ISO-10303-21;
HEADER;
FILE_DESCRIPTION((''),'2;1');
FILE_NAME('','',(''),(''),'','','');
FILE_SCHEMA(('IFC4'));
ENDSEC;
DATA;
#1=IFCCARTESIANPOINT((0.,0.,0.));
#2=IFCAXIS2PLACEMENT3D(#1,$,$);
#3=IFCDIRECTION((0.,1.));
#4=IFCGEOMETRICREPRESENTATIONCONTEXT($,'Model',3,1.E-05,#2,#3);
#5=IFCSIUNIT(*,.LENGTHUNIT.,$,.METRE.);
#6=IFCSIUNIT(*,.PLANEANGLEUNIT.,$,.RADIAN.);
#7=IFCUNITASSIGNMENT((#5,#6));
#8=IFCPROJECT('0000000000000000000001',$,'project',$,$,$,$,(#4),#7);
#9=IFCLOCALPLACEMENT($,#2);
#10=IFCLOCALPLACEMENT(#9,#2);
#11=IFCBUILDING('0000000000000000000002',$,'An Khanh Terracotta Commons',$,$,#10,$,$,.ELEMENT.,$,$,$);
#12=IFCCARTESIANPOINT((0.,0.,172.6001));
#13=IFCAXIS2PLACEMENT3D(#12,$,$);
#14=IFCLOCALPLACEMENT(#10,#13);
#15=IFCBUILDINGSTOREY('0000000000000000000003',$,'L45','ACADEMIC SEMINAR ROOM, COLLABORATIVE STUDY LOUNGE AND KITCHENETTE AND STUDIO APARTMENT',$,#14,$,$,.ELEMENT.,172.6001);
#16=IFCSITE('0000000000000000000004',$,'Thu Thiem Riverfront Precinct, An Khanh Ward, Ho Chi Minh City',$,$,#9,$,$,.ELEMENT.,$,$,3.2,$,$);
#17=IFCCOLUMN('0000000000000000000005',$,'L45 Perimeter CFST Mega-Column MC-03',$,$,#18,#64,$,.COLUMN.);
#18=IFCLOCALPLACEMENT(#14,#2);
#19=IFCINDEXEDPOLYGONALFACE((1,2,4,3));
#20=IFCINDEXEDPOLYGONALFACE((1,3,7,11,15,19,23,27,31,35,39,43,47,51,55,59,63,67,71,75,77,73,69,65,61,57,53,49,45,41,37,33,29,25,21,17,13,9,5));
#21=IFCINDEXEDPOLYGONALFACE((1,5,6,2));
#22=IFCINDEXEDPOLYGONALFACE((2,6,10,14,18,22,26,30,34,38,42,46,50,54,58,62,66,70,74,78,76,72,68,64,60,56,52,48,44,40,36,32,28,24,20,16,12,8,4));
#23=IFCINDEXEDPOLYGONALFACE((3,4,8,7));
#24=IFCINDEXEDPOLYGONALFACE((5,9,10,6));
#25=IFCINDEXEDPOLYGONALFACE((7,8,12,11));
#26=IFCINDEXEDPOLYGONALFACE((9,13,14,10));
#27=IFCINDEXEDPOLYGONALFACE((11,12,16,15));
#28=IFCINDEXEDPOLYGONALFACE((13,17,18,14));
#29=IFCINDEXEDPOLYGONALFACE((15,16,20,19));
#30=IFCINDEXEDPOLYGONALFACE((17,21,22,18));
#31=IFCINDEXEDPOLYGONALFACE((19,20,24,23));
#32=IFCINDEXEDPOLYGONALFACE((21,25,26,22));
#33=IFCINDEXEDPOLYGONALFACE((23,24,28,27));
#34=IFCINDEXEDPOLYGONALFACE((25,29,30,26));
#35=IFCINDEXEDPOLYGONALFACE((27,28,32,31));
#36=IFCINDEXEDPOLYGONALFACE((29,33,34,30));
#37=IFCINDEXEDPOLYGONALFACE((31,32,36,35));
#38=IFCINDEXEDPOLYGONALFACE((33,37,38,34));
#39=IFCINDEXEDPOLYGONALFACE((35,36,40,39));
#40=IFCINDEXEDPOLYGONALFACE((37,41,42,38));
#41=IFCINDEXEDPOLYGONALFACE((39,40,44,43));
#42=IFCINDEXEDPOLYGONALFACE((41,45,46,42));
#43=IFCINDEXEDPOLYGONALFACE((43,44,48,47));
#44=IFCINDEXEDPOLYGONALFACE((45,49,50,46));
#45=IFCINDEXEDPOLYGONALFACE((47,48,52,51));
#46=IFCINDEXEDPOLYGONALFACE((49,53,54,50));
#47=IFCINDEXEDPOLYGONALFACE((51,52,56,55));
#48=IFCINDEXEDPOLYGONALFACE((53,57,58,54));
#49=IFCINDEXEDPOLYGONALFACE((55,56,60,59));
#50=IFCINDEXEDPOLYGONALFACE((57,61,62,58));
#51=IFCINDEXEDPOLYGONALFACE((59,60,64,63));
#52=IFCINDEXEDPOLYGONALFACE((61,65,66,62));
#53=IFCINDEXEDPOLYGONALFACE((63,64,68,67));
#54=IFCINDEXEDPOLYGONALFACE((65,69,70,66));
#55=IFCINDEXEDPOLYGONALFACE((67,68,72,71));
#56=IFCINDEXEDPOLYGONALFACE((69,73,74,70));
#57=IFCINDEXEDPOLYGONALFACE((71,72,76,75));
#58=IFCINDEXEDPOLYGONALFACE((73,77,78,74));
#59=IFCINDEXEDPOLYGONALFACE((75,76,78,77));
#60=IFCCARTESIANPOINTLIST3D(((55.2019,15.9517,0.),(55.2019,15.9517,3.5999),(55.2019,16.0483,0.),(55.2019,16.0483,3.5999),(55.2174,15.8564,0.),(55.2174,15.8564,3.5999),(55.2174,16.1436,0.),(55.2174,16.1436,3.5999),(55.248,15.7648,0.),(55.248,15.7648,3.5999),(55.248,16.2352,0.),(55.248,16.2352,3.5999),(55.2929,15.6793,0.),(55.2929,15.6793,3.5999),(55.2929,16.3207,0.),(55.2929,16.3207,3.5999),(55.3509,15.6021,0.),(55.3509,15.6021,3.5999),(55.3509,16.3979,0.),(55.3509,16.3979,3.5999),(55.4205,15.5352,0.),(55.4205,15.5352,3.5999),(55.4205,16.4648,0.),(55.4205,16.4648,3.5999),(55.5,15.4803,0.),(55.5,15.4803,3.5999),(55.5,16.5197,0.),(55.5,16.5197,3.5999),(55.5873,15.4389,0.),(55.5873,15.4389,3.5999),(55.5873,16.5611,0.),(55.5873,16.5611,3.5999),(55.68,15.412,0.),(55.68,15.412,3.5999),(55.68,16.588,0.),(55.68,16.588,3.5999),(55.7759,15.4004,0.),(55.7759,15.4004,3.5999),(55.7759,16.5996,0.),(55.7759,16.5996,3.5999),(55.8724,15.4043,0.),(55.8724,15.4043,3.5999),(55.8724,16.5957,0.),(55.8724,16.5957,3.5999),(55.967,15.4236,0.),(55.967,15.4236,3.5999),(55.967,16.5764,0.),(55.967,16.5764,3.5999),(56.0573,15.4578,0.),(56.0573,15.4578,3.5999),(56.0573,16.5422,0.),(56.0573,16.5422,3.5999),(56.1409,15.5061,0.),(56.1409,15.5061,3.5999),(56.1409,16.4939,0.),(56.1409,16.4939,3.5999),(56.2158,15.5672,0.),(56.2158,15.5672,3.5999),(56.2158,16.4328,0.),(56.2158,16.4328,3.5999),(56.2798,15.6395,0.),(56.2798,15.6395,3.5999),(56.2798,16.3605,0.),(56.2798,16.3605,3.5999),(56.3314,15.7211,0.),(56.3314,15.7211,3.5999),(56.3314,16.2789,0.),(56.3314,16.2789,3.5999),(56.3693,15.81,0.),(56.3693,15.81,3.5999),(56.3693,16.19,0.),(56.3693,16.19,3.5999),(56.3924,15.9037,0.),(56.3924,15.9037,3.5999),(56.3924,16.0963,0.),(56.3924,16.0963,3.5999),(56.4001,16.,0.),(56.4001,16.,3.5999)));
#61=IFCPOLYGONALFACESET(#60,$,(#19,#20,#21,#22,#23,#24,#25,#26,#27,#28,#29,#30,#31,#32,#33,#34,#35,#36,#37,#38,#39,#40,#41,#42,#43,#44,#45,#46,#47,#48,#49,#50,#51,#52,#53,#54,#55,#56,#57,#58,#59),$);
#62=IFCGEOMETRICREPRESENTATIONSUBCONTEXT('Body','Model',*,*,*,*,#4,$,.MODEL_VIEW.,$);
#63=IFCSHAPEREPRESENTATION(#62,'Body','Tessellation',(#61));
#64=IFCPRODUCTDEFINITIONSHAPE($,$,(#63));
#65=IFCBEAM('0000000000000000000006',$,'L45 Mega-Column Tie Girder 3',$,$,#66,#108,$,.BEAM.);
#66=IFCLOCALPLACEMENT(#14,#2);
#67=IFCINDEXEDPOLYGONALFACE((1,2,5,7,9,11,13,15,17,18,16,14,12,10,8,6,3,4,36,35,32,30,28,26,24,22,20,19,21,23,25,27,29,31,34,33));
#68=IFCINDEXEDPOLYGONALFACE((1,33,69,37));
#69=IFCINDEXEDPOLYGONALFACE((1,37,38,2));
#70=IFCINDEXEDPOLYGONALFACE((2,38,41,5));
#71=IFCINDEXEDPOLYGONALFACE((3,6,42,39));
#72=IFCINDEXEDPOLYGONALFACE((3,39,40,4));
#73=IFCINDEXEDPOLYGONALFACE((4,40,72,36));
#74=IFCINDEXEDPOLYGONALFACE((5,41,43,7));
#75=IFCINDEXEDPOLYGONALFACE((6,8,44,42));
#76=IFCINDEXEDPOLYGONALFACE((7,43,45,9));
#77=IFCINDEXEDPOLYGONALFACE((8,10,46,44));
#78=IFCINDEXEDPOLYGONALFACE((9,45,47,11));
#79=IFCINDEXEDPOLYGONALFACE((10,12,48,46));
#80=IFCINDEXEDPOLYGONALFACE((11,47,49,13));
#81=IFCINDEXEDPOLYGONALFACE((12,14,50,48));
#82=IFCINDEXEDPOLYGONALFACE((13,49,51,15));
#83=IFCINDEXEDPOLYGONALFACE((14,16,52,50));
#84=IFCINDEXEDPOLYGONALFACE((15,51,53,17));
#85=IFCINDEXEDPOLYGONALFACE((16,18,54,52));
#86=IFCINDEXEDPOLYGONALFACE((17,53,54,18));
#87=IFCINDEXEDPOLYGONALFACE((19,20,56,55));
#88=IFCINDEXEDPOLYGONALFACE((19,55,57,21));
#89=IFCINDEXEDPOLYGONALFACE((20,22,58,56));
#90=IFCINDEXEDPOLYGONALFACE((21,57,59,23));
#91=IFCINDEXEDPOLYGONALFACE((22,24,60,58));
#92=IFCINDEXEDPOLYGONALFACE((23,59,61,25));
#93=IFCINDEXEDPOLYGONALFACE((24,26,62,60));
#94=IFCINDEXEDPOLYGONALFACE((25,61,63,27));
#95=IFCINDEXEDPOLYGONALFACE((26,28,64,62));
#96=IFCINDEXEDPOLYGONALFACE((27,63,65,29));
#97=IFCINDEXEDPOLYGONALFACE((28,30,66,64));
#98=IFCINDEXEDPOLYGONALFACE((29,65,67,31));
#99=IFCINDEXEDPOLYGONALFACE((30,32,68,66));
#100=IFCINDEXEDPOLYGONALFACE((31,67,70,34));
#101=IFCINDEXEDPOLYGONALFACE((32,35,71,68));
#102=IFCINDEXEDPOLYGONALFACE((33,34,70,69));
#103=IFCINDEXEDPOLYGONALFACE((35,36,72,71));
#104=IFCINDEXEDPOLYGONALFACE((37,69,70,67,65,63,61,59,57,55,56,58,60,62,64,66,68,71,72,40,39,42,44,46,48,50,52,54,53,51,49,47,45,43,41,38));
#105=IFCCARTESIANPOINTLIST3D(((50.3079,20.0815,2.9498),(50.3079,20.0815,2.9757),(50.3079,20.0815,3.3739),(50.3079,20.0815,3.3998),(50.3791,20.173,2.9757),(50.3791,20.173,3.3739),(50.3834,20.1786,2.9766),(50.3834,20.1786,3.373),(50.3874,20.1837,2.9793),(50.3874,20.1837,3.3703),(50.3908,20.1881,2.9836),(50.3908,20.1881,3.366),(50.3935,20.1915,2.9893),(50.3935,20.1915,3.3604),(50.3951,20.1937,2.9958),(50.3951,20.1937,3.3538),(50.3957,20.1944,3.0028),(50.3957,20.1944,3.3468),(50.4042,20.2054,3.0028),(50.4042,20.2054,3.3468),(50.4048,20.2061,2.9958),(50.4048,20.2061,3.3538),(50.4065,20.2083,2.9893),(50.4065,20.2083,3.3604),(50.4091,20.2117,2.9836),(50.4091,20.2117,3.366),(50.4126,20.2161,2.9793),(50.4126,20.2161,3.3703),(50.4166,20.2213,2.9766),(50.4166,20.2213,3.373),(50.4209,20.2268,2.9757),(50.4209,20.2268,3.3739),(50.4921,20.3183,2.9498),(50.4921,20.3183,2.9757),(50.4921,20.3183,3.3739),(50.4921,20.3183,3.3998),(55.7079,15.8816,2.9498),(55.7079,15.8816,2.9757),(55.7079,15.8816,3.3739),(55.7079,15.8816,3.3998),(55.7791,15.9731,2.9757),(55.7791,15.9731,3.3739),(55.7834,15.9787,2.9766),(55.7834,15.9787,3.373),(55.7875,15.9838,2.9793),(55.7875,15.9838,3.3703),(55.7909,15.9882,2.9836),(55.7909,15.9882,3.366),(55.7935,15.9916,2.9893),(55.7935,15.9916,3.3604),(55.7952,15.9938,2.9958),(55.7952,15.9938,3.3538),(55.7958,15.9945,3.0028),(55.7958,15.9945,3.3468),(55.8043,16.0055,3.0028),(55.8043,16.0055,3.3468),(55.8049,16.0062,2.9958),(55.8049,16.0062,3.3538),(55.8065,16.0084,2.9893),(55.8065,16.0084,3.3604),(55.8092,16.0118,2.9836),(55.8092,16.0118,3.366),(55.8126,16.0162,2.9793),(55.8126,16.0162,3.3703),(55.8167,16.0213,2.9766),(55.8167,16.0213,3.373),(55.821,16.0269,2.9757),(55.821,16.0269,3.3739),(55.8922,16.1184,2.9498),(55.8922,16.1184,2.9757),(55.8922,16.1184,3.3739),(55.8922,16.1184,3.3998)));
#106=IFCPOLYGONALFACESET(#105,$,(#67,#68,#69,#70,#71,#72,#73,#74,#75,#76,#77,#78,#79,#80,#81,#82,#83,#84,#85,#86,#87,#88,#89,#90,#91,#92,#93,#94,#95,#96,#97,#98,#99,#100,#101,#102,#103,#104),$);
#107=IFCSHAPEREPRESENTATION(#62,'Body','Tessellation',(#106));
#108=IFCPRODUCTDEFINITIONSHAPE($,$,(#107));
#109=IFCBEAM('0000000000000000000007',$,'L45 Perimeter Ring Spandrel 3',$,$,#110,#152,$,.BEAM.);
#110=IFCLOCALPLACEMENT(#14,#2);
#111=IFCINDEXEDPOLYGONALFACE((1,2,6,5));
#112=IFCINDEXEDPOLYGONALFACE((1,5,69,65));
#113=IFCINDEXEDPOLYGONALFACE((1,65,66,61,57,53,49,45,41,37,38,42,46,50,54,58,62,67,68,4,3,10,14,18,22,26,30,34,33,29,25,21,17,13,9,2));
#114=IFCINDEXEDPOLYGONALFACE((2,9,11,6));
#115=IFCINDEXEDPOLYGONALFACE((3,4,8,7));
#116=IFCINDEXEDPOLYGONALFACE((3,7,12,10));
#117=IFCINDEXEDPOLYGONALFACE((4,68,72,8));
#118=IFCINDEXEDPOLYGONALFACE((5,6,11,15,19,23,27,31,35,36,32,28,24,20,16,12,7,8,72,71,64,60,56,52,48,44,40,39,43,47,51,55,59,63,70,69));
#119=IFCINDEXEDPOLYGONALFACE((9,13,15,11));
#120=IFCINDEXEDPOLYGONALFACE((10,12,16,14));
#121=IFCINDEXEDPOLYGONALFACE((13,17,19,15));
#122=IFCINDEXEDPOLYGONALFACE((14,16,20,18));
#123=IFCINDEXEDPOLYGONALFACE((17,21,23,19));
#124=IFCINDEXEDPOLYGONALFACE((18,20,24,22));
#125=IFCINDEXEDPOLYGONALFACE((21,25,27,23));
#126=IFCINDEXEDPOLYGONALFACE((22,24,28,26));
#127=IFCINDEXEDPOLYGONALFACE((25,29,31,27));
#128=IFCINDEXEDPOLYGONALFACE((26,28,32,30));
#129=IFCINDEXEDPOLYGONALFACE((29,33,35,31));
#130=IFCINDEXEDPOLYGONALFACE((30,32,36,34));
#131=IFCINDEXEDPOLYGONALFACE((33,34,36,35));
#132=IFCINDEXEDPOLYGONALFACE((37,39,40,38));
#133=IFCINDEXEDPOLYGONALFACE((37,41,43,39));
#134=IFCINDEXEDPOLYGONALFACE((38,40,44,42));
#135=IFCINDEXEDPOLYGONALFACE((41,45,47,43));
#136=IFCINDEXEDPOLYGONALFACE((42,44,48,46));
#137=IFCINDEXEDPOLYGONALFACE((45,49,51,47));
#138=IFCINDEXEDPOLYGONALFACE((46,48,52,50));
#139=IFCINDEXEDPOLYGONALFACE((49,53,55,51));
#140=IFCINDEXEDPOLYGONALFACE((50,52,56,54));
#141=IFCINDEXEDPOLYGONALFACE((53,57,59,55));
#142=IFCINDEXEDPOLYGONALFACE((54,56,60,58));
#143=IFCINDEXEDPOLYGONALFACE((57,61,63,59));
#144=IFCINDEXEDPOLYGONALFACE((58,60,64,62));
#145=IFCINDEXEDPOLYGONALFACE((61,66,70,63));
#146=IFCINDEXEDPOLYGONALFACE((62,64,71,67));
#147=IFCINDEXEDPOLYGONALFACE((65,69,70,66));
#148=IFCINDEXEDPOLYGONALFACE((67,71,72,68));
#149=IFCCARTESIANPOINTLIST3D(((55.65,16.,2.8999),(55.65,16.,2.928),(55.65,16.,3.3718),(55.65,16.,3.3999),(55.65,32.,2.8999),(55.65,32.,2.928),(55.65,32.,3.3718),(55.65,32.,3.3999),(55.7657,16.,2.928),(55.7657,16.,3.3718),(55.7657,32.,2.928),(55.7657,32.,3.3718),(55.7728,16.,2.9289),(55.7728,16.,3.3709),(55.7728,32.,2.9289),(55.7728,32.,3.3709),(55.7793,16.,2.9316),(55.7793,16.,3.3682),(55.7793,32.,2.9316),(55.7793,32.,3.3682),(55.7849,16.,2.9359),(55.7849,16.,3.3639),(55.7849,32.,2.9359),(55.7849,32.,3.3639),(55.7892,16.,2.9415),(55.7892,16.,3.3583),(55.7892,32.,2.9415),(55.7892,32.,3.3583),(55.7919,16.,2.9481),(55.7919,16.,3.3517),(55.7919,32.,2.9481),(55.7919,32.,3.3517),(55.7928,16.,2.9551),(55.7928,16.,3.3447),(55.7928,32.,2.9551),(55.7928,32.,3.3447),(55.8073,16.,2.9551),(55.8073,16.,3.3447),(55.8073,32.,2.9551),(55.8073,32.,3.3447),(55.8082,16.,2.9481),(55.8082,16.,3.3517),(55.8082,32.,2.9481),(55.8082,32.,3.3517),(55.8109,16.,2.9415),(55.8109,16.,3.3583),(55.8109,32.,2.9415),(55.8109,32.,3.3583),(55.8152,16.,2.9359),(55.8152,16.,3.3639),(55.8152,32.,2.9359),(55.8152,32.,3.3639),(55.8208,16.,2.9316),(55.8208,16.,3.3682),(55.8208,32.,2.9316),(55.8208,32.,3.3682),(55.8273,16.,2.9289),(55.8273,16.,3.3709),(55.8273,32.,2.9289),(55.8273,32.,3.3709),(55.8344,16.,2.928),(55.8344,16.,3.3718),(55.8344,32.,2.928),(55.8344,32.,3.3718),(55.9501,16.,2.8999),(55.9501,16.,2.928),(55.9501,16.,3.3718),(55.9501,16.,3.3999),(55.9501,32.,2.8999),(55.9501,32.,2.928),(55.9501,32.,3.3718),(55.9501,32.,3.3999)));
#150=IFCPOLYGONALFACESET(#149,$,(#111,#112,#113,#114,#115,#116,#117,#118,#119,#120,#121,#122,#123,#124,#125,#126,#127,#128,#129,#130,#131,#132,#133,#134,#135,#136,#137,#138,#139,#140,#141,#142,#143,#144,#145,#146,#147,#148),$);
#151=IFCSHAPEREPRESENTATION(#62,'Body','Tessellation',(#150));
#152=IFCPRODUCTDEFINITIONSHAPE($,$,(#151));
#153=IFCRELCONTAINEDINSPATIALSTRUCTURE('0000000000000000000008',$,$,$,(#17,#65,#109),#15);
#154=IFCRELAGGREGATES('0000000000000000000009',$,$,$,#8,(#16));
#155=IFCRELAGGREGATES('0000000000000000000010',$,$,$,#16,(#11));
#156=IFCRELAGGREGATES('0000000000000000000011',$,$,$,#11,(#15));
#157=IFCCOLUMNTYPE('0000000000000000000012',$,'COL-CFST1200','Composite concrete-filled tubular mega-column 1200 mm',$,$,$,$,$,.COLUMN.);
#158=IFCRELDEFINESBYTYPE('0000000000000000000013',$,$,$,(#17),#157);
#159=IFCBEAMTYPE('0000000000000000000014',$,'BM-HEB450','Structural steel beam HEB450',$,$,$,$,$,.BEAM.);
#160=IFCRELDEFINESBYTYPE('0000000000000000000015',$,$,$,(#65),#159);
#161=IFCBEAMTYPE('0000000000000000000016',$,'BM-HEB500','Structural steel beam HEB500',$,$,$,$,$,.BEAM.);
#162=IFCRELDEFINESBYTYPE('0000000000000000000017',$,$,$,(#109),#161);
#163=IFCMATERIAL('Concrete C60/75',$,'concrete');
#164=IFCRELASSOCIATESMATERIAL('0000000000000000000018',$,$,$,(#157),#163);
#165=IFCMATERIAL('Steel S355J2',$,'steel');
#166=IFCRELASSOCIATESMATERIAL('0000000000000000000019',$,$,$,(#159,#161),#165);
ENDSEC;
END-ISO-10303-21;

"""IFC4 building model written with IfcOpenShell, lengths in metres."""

from ifc_helpers import new_model, si_unit, direction, frame, origin, origin_2d, place, context, subcontext, project, spatial, circle, i_section, extrude, material, material_profile, profile_set, type_object, element, save


model = new_model("IFC4")

# Units and contexts
model_context = context("Model", 3, precision=1e-05, world=origin(), true_north=direction((0.0, 1.0)))
body_context = subcontext(model_context, "Body", "Model", "MODEL_VIEW")
ifc_project = project(units=[si_unit("LENGTHUNIT", "METRE"), si_unit("PLANEANGLEUNIT", "RADIAN")], contexts=[model_context])

# Site, building, storey
site_placement = place(None, origin())
site = spatial("IfcSite", under=ifc_project, at=site_placement, Name="Thu Thiem Riverfront Precinct, An Khanh Ward, Ho Chi Minh City", CompositionType="ELEMENT", RefElevation=3.2)
building_placement = place(site_placement, origin())
building = spatial("IfcBuilding", under=site, at=building_placement, Name="An Khanh Terracotta Commons", CompositionType="ELEMENT")
storey_placement = place(building_placement, frame((0.0, 0.0, 172.6001)))
storey = spatial("IfcBuildingStorey", under=building, at=storey_placement, Name="L45", Description="ACADEMIC SEMINAR ROOM, COLLABORATIVE STUDY LOUNGE AND KITCHENETTE AND STUDIO APARTMENT", CompositionType="ELEMENT", Elevation=172.6001)

# Column
ifc_material_1 = material(Name="Concrete C60/75", Category="concrete")
ifc_material_profile_1 = material_profile(ifc_material_1, circle(Radius=0.6001, at=origin_2d()), Name="CFST1200")
ifc_profile_set_1 = profile_set([ifc_material_profile_1], Name="Concrete C60/75")
column_type = type_object("IfcColumnType", Name="COL-CFST1200", Description="Composite concrete-filled tubular mega-column 1200 mm", PredefinedType="COLUMN", material=ifc_profile_set_1)
column_placement = place(storey_placement, frame((55.8, 16.0, 0.0), z_axis=(0.0, 0.0, 1.0), x_axis=(1.0, 0.0, 0.0)))
element("IfcColumn", 1, at=column_placement, inside=storey, type_object=column_type, Name="L45 Perimeter CFST Mega-Column MC-03", PredefinedType="COLUMN", context=body_context, shape_type="SweptSolid", body=[
    extrude(circle(Radius=0.6001, at=origin_2d()), origin(), (0.0, 0.0, 1.0), 3.5999),
])

# Beams
ifc_material_2 = material(Name="Steel S355J2", Category="steel")
ifc_material_profile_2 = material_profile(ifc_material_2, i_section(OverallWidth=0.3, OverallDepth=0.45, WebThickness=0.0139, FlangeThickness=0.0259, FilletRadius=0.0271, at=origin_2d()), Name="HEB450")
ifc_profile_set_2 = profile_set([ifc_material_profile_2], Name="Steel S355J2")
beam_type_1 = type_object("IfcBeamType", Name="BM-HEB450", Description="Structural steel beam HEB450", PredefinedType="BEAM", material=ifc_profile_set_2)
beam_1_placement = place(storey_placement, frame((55.8, 16.0, 3.1748), z_axis=(-0.789364, 0.613926, 0.0), x_axis=(-0.613926, -0.789364, 0.0)))
element("IfcBeam", 2, at=beam_1_placement, inside=storey, type_object=beam_type_1, Name="L45 Mega-Column Tie Girder 3", PredefinedType="BEAM", context=body_context, shape_type="SweptSolid", body=[
    extrude(i_section(OverallWidth=0.3, OverallDepth=0.45, WebThickness=0.0139, FlangeThickness=0.0259, FilletRadius=0.0271, at=origin_2d()), origin(), (0.0, 0.0, 1.0), 6.8411),
])
ifc_material_profile_3 = material_profile(ifc_material_2, i_section(OverallWidth=0.3, OverallDepth=0.5, WebThickness=0.0144, FlangeThickness=0.0281, FilletRadius=0.0271, at=origin_2d()), Name="HEB500")
ifc_profile_set_3 = profile_set([ifc_material_profile_3], Name="Steel S355J2")
beam_type_2 = type_object("IfcBeamType", Name="BM-HEB500", Description="Structural steel beam HEB500", PredefinedType="BEAM", material=ifc_profile_set_3)
beam_2_placement = place(storey_placement, frame((55.8, 16.0, 3.1499), z_axis=(0.0, 1.0, 0.0), x_axis=(-1.0, 0.0, 0.0)))
element("IfcBeam", 3, at=beam_2_placement, inside=storey, type_object=beam_type_2, Name="L45 Perimeter Ring Spandrel 3", PredefinedType="BEAM", context=body_context, shape_type="SweptSolid", body=[
    extrude(i_section(OverallWidth=0.3, OverallDepth=0.5, WebThickness=0.0144, FlangeThickness=0.0281, FilletRadius=0.0271, at=origin_2d()), origin(), (0.0, 0.0, 1.0), 16.0),
])

save(model, "model.ifc")
